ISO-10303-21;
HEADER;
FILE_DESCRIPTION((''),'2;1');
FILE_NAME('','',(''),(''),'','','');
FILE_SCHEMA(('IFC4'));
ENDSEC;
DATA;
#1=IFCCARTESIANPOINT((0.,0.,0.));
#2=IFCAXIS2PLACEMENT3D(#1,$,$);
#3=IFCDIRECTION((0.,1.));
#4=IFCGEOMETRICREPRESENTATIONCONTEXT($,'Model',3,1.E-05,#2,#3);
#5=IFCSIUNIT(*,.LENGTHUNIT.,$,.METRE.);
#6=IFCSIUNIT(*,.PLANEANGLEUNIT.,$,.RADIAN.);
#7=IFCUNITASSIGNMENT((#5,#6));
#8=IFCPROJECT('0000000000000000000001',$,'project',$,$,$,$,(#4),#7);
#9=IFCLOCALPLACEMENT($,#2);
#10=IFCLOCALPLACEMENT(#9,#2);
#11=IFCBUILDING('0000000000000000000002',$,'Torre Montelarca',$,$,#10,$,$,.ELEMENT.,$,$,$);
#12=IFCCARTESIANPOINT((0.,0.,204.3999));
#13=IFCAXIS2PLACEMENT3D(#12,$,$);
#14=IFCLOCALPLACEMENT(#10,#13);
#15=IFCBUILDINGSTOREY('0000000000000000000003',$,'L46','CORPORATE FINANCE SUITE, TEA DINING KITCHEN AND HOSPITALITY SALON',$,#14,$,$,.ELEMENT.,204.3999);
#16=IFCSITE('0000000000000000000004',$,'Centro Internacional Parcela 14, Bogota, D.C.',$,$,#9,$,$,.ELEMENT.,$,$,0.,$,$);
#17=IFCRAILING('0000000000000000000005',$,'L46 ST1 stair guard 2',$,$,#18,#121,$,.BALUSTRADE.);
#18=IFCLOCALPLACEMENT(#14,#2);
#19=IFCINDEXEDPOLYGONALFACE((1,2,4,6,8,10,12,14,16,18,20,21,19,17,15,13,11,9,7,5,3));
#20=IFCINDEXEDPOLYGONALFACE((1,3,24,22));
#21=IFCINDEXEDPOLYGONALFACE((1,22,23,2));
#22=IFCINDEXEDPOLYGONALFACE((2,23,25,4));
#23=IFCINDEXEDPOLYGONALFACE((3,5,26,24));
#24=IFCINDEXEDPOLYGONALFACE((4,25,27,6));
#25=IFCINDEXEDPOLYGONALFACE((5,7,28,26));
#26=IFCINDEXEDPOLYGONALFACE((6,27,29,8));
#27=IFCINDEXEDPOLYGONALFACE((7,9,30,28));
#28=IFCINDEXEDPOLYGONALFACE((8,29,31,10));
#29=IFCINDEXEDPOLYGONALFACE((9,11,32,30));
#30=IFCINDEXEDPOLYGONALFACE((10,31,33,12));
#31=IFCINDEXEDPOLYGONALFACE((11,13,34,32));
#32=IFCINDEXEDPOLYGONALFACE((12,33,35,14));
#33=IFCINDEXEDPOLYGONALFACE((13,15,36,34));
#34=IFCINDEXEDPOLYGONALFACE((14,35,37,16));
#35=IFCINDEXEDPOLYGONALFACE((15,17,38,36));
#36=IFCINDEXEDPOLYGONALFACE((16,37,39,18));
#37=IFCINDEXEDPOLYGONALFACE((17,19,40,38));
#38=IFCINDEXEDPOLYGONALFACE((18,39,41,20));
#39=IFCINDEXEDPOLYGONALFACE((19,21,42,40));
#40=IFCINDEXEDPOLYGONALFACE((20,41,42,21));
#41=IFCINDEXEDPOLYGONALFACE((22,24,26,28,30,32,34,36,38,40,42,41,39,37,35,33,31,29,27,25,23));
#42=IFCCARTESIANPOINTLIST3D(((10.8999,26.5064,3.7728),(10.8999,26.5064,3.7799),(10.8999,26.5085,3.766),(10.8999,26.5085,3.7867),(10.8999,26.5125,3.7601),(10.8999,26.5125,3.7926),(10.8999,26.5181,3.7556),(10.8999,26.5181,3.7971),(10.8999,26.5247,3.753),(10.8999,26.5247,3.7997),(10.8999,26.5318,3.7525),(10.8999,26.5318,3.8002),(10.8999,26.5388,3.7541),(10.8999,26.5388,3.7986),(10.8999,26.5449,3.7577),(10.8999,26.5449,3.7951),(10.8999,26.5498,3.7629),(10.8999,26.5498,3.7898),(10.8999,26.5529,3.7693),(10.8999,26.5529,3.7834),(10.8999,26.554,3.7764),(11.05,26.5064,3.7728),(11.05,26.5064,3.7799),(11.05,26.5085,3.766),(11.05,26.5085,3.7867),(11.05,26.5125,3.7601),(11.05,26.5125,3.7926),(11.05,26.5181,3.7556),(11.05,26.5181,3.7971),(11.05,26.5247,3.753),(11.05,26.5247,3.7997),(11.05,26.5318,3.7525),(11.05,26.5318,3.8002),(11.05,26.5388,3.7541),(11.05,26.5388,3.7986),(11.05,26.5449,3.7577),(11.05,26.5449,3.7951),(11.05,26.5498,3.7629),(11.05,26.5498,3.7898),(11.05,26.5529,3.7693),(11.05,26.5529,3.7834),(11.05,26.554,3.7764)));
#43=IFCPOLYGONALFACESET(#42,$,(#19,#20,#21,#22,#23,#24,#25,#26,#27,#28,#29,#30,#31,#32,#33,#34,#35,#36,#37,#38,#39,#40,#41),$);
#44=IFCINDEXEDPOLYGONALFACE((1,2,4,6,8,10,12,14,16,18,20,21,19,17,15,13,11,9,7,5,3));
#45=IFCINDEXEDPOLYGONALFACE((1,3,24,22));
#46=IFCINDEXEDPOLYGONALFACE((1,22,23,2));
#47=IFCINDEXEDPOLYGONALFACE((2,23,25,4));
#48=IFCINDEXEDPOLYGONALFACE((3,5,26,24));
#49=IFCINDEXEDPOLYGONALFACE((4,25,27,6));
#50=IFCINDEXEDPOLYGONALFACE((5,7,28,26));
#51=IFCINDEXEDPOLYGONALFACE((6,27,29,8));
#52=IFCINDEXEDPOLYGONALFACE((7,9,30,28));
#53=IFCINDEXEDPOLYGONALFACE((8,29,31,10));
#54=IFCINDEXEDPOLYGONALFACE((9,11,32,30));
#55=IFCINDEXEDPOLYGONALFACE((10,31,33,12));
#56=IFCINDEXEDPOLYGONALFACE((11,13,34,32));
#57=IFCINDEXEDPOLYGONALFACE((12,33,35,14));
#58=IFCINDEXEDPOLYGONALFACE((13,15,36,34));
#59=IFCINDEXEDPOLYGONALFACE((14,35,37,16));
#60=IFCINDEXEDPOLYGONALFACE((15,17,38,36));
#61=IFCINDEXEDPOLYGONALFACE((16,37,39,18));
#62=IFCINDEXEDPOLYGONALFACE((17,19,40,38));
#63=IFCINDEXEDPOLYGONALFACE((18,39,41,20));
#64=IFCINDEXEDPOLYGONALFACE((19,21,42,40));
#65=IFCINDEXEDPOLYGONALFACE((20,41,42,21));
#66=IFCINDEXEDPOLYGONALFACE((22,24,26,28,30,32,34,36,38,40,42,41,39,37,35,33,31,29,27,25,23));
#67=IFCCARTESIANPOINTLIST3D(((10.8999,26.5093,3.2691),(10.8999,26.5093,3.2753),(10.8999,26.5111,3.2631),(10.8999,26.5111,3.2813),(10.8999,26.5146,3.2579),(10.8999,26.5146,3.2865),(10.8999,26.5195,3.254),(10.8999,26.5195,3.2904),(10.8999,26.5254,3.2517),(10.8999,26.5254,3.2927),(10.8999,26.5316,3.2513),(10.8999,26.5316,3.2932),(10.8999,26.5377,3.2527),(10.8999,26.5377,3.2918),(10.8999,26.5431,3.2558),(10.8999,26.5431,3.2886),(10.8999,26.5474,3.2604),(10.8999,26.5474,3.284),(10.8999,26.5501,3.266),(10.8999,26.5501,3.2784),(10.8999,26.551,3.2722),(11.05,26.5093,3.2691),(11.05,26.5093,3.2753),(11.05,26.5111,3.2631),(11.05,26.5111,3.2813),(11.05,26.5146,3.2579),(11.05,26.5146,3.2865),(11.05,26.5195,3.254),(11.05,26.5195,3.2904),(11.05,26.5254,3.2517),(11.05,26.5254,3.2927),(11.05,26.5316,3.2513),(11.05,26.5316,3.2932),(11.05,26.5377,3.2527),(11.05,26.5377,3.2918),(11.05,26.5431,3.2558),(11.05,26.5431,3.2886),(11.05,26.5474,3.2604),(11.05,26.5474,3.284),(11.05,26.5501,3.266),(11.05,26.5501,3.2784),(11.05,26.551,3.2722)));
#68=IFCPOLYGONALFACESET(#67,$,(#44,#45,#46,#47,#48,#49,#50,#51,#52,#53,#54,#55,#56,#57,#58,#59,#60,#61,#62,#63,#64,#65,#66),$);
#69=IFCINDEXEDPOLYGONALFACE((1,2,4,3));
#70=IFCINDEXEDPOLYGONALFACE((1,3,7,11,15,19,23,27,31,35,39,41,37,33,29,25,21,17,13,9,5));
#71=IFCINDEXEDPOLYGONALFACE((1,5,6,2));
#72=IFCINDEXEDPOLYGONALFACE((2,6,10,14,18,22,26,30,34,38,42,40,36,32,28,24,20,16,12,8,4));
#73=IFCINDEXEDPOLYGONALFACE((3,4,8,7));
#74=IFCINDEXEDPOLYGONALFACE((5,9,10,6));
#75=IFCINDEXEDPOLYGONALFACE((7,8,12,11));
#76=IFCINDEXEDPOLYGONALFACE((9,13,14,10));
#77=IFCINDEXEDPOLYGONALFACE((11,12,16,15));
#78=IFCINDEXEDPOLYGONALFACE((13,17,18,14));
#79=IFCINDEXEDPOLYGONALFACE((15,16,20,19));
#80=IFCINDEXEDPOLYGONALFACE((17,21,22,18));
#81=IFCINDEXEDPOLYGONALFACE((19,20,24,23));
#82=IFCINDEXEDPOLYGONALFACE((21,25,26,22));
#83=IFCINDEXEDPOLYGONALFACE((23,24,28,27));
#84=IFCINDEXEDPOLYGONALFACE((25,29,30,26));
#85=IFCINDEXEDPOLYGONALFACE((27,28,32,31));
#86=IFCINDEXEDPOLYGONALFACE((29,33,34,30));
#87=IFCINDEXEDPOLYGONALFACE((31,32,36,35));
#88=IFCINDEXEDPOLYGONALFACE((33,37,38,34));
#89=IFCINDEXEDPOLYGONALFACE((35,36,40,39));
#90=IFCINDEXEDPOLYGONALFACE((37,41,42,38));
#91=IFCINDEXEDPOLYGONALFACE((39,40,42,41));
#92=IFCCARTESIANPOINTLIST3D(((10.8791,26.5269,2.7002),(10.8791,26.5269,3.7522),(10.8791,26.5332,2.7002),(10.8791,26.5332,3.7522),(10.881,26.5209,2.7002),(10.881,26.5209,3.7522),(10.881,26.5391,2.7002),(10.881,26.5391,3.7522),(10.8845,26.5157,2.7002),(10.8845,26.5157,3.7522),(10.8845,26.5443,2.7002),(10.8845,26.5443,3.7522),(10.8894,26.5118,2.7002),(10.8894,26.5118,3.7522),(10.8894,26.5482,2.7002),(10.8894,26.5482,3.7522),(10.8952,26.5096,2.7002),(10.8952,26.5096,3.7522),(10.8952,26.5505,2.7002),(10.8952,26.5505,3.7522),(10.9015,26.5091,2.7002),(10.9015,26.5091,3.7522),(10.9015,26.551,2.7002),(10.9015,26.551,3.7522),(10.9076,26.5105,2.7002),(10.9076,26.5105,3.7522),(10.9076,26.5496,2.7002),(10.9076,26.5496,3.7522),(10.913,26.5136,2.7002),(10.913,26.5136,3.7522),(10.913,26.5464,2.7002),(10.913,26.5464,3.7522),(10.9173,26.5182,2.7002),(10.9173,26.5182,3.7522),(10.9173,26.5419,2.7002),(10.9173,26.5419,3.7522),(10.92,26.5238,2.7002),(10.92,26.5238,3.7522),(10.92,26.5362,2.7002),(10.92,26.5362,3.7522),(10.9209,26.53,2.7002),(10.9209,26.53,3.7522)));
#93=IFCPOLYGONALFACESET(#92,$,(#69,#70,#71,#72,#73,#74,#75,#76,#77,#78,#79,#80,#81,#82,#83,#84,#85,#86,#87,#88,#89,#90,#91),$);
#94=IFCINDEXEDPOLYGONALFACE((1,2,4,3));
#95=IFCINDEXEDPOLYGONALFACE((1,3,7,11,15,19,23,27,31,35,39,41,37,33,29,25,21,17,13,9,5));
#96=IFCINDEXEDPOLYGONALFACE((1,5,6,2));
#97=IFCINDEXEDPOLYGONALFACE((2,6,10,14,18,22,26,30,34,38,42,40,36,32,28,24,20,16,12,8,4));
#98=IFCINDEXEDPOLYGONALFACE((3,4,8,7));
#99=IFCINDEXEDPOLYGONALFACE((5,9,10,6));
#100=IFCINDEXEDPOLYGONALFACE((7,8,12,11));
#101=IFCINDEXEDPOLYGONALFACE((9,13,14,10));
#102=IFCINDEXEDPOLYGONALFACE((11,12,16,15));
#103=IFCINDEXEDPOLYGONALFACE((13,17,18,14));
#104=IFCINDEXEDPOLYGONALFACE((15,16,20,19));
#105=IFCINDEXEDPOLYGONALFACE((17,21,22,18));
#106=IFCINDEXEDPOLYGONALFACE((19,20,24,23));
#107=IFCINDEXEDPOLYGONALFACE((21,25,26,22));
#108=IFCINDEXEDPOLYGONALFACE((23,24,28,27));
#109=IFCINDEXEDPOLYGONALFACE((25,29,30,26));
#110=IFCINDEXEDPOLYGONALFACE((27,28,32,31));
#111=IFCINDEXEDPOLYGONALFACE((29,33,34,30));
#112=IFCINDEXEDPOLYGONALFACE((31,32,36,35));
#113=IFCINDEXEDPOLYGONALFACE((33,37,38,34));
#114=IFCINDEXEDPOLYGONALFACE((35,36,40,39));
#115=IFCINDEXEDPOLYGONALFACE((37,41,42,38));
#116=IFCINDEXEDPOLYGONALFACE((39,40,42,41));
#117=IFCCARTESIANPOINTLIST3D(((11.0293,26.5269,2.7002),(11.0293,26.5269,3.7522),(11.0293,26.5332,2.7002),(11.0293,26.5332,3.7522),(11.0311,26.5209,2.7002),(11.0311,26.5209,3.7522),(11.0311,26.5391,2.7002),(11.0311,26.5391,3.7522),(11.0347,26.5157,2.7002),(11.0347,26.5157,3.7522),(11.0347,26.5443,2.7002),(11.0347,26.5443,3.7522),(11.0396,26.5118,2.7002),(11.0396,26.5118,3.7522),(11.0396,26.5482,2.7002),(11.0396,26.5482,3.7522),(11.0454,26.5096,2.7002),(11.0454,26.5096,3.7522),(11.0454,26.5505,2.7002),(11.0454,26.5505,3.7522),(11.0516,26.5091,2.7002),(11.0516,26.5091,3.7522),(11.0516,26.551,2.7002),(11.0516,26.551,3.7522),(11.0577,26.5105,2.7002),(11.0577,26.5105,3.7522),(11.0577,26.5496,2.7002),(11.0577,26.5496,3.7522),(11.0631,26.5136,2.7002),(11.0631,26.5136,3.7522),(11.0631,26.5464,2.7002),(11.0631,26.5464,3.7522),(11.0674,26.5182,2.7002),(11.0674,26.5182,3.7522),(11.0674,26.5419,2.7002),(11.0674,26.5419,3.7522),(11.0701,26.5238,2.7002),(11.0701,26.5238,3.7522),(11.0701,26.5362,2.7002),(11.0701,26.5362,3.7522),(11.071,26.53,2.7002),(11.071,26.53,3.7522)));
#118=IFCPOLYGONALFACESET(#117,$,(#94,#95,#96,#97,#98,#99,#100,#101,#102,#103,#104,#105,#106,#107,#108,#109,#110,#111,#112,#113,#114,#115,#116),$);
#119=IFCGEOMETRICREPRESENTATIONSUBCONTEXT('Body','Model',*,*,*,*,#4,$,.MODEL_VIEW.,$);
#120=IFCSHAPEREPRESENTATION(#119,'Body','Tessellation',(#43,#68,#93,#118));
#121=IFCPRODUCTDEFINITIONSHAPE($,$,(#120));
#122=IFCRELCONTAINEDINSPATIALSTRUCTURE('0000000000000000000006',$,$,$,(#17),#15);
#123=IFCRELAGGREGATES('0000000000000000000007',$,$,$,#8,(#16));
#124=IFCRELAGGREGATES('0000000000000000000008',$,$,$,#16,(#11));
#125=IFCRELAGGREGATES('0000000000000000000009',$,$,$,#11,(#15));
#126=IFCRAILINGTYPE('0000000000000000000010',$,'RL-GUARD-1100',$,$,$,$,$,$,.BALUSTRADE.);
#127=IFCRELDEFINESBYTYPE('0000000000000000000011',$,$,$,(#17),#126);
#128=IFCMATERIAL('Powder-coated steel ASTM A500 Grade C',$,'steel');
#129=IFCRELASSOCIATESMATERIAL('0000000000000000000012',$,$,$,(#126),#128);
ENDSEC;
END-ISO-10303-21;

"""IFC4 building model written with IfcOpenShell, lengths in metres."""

from ifc_helpers import new_model, si_unit, direction, frame, origin, origin_2d, place, context, subcontext, project, spatial, circle, extrude, material, type_object, element, save


model = new_model("IFC4")

# Units and contexts
model_context = context("Model", 3, precision=1e-05, world=origin(), true_north=direction((0.0, 1.0)))
body_context = subcontext(model_context, "Body", "Model", "MODEL_VIEW")
ifc_project = project(units=[si_unit("LENGTHUNIT", "METRE"), si_unit("PLANEANGLEUNIT", "RADIAN")], contexts=[model_context])

# Site, building, storey
site_placement = place(None, origin())
site = spatial("IfcSite", under=ifc_project, at=site_placement, Name="Centro Internacional Parcela 14, Bogota, D.C.", CompositionType="ELEMENT", RefElevation=0.0)
building_placement = place(site_placement, origin())
building = spatial("IfcBuilding", under=site, at=building_placement, Name="Torre Montelarca", CompositionType="ELEMENT")
storey_placement = place(building_placement, frame((0.0, 0.0, 204.3999)))
storey = spatial("IfcBuildingStorey", under=building, at=storey_placement, Name="L46", Description="CORPORATE FINANCE SUITE, TEA DINING KITCHEN AND HOSPITALITY SALON", CompositionType="ELEMENT", Elevation=204.3999)

# Railing
ifc_material_1 = material(Name="Powder-coated steel ASTM A500 Grade C", Category="steel")
railing_type_1 = type_object("IfcRailingType", Name="RL-GUARD-1100", PredefinedType="BALUSTRADE", material=ifc_material_1)
railing_1_placement = place(storey_placement, frame((10.8999, 26.53, 2.7002)))
element("IfcRailing", 1, at=railing_1_placement, inside=storey, type_object=railing_type_1, Name="L46 ST1 stair guard 2", PredefinedType="BALUSTRADE", context=body_context, shape_type="SweptSolid", body=[
    extrude(circle(Radius=0.0239, at=origin_2d()), frame((0.0, 0.0, 1.0762), z_axis=(1.0, 0.0, 0.0), x_axis=(0.0, 1.0, 0.0)), (0.0, 0.0, 1.0), 0.1501),
    extrude(circle(Radius=0.021, at=origin_2d()), frame((0.0, 0.0, 0.572), z_axis=(1.0, 0.0, 0.0), x_axis=(0.0, 1.0, 0.0)), (0.0, 0.0, 1.0), 0.1501),
    extrude(circle(Radius=0.021, at=origin_2d()), origin(), (0.0, 0.0, 1.0), 1.052),
    extrude(circle(Radius=0.021, at=origin_2d()), frame((0.1501, 0.0, 0.0)), (0.0, 0.0, 1.0), 1.052),
])

save(model, "model.ifc")
